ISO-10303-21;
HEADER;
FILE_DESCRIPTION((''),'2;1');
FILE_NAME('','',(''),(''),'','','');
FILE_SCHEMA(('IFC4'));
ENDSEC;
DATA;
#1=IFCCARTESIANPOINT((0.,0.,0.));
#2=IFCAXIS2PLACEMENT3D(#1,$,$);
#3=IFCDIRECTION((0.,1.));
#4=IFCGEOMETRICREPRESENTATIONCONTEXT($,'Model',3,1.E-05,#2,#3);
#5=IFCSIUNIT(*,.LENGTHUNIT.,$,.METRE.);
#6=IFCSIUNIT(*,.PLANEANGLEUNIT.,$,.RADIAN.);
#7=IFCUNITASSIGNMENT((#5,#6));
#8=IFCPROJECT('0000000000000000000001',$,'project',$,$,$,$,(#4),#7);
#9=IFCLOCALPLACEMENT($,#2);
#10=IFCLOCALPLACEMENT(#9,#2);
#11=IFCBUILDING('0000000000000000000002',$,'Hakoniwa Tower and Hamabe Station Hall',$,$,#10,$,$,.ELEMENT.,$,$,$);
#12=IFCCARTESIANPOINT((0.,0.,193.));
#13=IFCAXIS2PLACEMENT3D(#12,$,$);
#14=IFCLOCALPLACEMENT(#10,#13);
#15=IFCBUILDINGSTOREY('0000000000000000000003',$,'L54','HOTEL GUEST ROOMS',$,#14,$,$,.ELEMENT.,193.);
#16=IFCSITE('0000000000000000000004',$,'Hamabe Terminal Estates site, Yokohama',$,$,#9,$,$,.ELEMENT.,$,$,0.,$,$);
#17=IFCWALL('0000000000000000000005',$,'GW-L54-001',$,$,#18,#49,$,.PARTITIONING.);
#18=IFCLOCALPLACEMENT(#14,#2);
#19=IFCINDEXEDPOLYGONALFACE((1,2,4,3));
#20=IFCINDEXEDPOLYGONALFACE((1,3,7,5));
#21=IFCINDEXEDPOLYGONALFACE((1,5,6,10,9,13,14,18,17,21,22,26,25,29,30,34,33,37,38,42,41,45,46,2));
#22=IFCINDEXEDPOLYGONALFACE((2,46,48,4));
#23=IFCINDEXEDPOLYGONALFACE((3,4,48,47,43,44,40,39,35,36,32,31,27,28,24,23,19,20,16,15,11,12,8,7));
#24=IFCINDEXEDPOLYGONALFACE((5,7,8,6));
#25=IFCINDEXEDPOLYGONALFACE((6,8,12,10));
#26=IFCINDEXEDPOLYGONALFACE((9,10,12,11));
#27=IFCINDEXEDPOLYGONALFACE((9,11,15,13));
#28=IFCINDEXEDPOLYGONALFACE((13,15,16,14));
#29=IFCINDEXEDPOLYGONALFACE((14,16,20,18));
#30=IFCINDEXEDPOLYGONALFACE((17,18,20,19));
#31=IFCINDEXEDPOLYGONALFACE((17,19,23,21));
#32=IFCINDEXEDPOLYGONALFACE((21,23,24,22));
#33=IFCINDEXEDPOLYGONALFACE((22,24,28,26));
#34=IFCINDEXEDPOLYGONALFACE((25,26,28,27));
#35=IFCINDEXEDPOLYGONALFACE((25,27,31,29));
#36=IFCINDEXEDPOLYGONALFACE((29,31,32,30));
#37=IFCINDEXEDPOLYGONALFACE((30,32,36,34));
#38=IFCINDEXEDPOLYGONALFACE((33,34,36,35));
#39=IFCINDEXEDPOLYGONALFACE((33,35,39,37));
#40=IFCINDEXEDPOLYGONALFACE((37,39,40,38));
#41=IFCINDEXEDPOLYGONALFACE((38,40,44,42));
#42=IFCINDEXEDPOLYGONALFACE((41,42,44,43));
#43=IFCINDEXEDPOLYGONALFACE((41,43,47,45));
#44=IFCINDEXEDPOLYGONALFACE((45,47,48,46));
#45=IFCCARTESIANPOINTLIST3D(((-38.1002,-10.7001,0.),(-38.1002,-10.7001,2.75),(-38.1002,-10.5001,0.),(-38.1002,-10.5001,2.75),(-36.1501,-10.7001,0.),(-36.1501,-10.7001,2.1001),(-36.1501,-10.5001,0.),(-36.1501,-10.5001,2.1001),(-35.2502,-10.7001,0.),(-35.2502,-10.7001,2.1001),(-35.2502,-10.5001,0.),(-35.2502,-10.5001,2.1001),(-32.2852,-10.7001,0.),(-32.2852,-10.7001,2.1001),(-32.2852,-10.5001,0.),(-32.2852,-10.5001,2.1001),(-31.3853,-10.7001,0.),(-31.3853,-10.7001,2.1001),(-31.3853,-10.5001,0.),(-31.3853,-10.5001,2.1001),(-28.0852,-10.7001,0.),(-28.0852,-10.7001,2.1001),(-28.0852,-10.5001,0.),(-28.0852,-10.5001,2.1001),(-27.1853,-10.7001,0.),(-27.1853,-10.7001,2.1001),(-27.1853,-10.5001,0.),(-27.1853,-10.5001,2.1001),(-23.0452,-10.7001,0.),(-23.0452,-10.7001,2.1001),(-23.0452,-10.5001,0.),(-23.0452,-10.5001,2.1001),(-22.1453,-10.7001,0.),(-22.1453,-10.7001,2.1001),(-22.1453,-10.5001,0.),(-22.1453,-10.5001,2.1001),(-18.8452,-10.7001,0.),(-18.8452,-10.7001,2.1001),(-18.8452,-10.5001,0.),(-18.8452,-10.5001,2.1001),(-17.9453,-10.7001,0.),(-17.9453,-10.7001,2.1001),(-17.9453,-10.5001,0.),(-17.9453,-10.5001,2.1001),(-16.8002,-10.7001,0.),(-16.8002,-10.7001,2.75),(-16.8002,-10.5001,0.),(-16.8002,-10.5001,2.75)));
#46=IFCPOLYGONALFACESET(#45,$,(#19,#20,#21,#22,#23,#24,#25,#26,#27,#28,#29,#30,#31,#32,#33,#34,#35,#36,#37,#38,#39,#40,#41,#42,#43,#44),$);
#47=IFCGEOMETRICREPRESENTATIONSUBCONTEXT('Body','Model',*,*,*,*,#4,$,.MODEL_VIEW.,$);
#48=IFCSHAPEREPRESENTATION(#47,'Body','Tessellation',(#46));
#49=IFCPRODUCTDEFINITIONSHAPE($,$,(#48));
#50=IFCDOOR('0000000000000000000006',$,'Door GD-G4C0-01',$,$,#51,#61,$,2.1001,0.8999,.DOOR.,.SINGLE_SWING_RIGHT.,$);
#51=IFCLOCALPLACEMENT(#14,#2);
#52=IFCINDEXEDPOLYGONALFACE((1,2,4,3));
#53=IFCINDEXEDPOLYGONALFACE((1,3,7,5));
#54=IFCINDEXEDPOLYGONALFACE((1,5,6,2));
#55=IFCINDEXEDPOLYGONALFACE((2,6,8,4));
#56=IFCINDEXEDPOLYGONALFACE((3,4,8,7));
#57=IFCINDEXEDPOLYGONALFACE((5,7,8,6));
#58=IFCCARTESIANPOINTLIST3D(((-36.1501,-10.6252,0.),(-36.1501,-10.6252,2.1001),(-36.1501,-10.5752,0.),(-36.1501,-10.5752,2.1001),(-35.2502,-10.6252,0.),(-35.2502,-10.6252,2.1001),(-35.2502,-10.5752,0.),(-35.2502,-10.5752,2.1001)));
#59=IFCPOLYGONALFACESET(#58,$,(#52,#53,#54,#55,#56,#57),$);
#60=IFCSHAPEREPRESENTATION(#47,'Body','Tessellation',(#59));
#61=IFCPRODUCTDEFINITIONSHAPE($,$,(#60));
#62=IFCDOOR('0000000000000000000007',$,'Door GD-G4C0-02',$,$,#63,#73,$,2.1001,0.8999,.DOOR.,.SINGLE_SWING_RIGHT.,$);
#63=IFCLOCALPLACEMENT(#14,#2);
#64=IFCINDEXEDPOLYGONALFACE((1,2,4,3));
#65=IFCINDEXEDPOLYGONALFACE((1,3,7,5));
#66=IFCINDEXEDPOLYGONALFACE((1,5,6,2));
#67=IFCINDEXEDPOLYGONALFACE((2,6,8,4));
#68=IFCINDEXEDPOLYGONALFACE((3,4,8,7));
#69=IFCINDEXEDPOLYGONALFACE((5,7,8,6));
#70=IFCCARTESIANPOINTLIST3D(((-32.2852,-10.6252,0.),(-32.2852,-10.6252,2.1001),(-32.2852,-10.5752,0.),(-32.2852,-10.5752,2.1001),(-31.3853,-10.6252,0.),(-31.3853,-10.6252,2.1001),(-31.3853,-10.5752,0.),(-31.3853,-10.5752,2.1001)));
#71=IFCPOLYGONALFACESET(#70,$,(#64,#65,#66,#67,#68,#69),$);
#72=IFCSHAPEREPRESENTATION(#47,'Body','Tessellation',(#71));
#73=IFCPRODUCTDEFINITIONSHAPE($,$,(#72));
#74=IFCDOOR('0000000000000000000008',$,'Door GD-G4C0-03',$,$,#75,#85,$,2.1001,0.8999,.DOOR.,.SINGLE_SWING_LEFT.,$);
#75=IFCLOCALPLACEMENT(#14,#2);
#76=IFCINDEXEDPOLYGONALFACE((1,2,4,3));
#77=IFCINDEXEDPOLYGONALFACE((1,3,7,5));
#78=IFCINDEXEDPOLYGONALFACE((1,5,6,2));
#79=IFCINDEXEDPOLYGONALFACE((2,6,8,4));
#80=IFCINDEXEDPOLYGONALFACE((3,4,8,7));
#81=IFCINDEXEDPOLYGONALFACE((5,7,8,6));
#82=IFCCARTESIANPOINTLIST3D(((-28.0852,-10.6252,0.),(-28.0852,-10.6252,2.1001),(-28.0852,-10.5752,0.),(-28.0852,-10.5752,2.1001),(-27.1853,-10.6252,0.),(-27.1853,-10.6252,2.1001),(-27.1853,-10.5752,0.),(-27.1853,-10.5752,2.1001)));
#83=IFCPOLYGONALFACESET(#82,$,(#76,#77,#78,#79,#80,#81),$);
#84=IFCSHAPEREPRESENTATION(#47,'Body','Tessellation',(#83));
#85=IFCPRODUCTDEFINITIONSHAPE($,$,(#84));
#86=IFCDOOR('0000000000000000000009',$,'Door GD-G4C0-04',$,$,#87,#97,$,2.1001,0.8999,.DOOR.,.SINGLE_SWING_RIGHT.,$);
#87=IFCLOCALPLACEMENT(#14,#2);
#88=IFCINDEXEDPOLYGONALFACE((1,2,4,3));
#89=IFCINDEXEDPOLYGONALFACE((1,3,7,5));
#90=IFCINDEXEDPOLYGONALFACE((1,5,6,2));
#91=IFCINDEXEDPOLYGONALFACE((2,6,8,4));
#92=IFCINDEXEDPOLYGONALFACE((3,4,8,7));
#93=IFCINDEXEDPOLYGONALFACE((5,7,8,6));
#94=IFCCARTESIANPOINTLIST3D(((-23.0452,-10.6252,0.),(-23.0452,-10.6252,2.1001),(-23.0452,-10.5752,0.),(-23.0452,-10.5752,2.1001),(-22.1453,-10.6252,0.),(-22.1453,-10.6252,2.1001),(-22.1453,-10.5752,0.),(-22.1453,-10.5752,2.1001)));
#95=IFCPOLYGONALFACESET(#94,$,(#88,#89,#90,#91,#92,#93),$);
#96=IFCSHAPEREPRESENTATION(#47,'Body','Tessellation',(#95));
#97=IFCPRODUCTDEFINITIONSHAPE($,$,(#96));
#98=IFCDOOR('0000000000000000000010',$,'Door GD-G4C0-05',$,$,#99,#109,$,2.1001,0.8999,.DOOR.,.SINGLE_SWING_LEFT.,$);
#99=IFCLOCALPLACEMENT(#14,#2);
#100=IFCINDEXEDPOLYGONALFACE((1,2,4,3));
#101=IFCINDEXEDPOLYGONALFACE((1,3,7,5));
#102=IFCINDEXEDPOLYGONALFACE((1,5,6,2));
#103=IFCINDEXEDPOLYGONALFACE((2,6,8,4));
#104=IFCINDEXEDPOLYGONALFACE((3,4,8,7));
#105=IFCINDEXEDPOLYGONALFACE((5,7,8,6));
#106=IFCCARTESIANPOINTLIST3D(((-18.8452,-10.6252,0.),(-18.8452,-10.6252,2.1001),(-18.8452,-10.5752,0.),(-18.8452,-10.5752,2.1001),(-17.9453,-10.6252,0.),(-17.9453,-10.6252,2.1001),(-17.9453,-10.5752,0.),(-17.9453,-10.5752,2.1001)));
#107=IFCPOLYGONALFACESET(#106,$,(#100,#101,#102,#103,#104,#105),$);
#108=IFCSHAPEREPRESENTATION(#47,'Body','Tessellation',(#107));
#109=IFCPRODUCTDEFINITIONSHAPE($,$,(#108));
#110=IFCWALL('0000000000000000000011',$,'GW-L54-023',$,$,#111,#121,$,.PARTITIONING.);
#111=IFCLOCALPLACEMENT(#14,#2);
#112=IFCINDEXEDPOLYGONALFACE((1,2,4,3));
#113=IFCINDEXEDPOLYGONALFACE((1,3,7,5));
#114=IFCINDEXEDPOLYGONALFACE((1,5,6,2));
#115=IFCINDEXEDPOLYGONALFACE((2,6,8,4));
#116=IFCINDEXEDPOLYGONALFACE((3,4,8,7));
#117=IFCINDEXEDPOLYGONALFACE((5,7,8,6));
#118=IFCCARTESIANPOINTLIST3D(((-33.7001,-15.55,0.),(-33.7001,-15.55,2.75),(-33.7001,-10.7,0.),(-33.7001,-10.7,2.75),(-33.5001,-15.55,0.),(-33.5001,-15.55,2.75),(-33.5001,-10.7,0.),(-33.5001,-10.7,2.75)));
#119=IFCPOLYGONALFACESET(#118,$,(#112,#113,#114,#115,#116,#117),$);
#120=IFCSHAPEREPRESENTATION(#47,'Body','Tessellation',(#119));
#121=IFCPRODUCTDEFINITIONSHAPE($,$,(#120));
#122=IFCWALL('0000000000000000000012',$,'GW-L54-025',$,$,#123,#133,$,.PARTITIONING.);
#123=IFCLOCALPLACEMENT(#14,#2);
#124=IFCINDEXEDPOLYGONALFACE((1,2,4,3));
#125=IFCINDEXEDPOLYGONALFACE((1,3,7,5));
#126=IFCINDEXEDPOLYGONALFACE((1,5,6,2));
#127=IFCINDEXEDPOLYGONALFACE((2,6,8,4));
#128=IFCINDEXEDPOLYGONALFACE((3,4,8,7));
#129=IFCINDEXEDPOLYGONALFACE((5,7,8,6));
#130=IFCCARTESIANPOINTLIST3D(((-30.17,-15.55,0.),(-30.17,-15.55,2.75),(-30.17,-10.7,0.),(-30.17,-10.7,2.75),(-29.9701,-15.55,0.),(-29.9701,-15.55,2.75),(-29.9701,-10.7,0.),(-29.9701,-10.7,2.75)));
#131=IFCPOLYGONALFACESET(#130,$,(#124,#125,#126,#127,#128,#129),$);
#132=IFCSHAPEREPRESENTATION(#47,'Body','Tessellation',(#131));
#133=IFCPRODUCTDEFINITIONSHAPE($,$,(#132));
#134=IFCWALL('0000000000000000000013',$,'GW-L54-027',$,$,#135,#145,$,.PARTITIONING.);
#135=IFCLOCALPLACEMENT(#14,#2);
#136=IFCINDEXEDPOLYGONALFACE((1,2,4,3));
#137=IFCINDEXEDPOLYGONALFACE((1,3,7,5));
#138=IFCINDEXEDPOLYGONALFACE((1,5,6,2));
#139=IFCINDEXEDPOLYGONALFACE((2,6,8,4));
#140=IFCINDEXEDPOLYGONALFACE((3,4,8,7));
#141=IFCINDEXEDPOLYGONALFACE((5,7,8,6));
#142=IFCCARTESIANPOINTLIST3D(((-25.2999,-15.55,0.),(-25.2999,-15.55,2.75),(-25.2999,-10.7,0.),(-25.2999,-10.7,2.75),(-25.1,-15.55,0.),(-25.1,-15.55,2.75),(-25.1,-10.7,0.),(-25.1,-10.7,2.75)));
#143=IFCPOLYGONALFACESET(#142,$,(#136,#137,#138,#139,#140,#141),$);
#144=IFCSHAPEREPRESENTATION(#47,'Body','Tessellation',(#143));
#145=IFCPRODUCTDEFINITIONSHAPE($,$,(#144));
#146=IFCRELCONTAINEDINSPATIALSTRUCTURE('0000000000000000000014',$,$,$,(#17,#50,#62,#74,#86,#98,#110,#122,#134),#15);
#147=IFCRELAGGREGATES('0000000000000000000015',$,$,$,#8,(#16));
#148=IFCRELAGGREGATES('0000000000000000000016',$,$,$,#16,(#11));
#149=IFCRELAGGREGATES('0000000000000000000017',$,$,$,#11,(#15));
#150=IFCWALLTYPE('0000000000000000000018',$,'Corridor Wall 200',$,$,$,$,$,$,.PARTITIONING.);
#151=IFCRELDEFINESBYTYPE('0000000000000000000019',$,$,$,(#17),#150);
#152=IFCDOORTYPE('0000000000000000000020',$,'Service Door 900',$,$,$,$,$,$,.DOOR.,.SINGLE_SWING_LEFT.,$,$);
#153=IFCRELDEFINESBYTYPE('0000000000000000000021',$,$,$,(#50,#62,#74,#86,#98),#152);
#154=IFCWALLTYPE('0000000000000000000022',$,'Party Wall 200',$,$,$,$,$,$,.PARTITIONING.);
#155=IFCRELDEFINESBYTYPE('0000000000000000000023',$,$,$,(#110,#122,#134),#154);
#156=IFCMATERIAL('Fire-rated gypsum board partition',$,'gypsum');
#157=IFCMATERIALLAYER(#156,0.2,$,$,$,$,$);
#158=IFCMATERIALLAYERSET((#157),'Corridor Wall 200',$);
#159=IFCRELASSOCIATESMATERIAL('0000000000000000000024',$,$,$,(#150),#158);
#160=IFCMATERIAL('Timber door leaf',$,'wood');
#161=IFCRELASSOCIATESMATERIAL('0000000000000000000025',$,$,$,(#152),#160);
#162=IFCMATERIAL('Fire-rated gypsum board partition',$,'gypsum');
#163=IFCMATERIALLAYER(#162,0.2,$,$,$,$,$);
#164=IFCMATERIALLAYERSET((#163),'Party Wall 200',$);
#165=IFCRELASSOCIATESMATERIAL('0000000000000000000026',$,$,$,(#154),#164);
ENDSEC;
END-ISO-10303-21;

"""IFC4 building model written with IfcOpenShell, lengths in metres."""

from ifc_helpers import new_model, si_unit, direction, frame, frame_2d, origin, place, context, subcontext, project, spatial, rectangle, extrude, material, layer, layer_set, type_object, element, fill, save


model = new_model("IFC4")

# Units and contexts
model_context = context("Model", 3, precision=1e-05, world=origin(), true_north=direction((0.0, 1.0)))
body_context = subcontext(model_context, "Body", "Model", "MODEL_VIEW")
ifc_project = project(units=[si_unit("LENGTHUNIT", "METRE"), si_unit("PLANEANGLEUNIT", "RADIAN")], contexts=[model_context])

# Site, building, storey
site_placement = place(None, origin())
site = spatial("IfcSite", under=ifc_project, at=site_placement, Name="Hamabe Terminal Estates site, Yokohama", CompositionType="ELEMENT", RefElevation=0.0)
building_placement = place(site_placement, origin())
building = spatial("IfcBuilding", under=site, at=building_placement, Name="Hakoniwa Tower and Hamabe Station Hall", CompositionType="ELEMENT")
storey_placement = place(building_placement, frame((0.0, 0.0, 193.0)))
storey = spatial("IfcBuildingStorey", under=building, at=storey_placement, Name="L54", Description="HOTEL GUEST ROOMS", CompositionType="ELEMENT", Elevation=193.0)

# Wall, openings, doors
ifc_material_1 = material(Name="Fire-rated gypsum board partition", Category="gypsum")
ifc_layer_1 = layer(ifc_material_1, 0.2)
ifc_layer_set_1 = layer_set([ifc_layer_1], Name="Corridor Wall 200")
wall_type_1 = type_object("IfcWallType", Name="Corridor Wall 200", PredefinedType="PARTITIONING", material=ifc_layer_set_1)
wall_1_placement = place(storey_placement, frame((-38.1001, -10.6001, 0.0), z_axis=(0.0, 0.0, 1.0), x_axis=(1.0, 0.0, 0.0)))
wall_1 = element("IfcWall", 1, at=wall_1_placement, inside=storey, type_object=wall_type_1, Name="GW-L54-001", PredefinedType="PARTITIONING", context=body_context, shape_type="SweptSolid", body=[
    extrude(rectangle(XDim=21.3, YDim=0.2, at=frame_2d((10.6499, 0.0))), origin(), (0.0, 0.0, 1.0), 2.75),
])
opening_1_placement = place(wall_1_placement, frame((1.95, 0.0, 0.0)))
opening_1 = element("IfcOpeningElement", 2, at=opening_1_placement, cuts=wall_1, PredefinedType="OPENING", context=body_context, shape_type="SweptSolid", body=[
    extrude(rectangle(XDim=0.8999, YDim=2.1001, at=frame_2d((0.45, 1.05))), frame((0.0, 0.1099, 0.0), z_axis=(0.0, -1.0, 0.0), x_axis=(1.0, 0.0, 0.0)), (0.0, 0.0, 1.0), 0.22),
])
opening_2_placement = place(wall_1_placement, frame((5.8149, 0.0, 0.0)))
opening_2 = element("IfcOpeningElement", 3, at=opening_2_placement, cuts=wall_1, PredefinedType="OPENING", context=body_context, shape_type="SweptSolid", body=[
    extrude(rectangle(XDim=0.8999, YDim=2.1001, at=frame_2d((0.45, 1.05))), frame((0.0, 0.1099, 0.0), z_axis=(0.0, -1.0, 0.0), x_axis=(1.0, 0.0, 0.0)), (0.0, 0.0, 1.0), 0.22),
])
opening_3_placement = place(wall_1_placement, frame((10.0149, 0.0, 0.0)))
opening_3 = element("IfcOpeningElement", 4, at=opening_3_placement, cuts=wall_1, PredefinedType="OPENING", context=body_context, shape_type="SweptSolid", body=[
    extrude(rectangle(XDim=0.8999, YDim=2.1001, at=frame_2d((0.45, 1.05))), frame((0.0, 0.1099, 0.0), z_axis=(0.0, -1.0, 0.0), x_axis=(1.0, 0.0, 0.0)), (0.0, 0.0, 1.0), 0.22),
])
opening_4_placement = place(wall_1_placement, frame((15.0549, 0.0, 0.0)))
opening_4 = element("IfcOpeningElement", 5, at=opening_4_placement, cuts=wall_1, PredefinedType="OPENING", context=body_context, shape_type="SweptSolid", body=[
    extrude(rectangle(XDim=0.8999, YDim=2.1001, at=frame_2d((0.45, 1.05))), frame((0.0, 0.1099, 0.0), z_axis=(0.0, -1.0, 0.0), x_axis=(1.0, 0.0, 0.0)), (0.0, 0.0, 1.0), 0.22),
])
opening_5_placement = place(wall_1_placement, frame((19.2549, 0.0, 0.0)))
opening_5 = element("IfcOpeningElement", 6, at=opening_5_placement, cuts=wall_1, PredefinedType="OPENING", context=body_context, shape_type="SweptSolid", body=[
    extrude(rectangle(XDim=0.8999, YDim=2.1001, at=frame_2d((0.45, 1.05))), frame((0.0, 0.1099, 0.0), z_axis=(0.0, -1.0, 0.0), x_axis=(1.0, 0.0, 0.0)), (0.0, 0.0, 1.0), 0.22),
])
ifc_material_2 = material(Name="Timber door leaf", Category="wood")
door_type_1 = type_object("IfcDoorType", Name="Service Door 900", OperationType="SINGLE_SWING_LEFT", PredefinedType="DOOR", material=ifc_material_2)
door_1_placement = place(opening_1_placement, origin())
door_1 = element("IfcDoor", 7, at=door_1_placement, inside=storey, type_object=door_type_1, Name="Door GD-G4C0-01", OperationType="SINGLE_SWING_RIGHT", OverallHeight=2.1001, OverallWidth=0.8999, PredefinedType="DOOR", context=body_context, shape_type="SweptSolid", body=[
    extrude(rectangle(XDim=0.8999, YDim=2.1001, at=frame_2d((0.45, 1.05))), frame((0.0, 0.0249, 0.0), z_axis=(0.0, -1.0, 0.0), x_axis=(1.0, 0.0, 0.0)), (0.0, 0.0, 1.0), 0.05),
])
fill(opening_1, door_1)
door_2_placement = place(opening_2_placement, origin())
door_2 = element("IfcDoor", 8, at=door_2_placement, inside=storey, type_object=door_type_1, Name="Door GD-G4C0-02", OperationType="SINGLE_SWING_RIGHT", OverallHeight=2.1001, OverallWidth=0.8999, PredefinedType="DOOR", context=body_context, shape_type="SweptSolid", body=[
    extrude(rectangle(XDim=0.8999, YDim=2.1001, at=frame_2d((0.45, 1.05))), frame((0.0, 0.0249, 0.0), z_axis=(0.0, -1.0, 0.0), x_axis=(1.0, 0.0, 0.0)), (0.0, 0.0, 1.0), 0.05),
])
fill(opening_2, door_2)
door_3_placement = place(opening_3_placement, origin())
door_3 = element("IfcDoor", 9, at=door_3_placement, inside=storey, type_object=door_type_1, Name="Door GD-G4C0-03", OperationType="SINGLE_SWING_LEFT", OverallHeight=2.1001, OverallWidth=0.8999, PredefinedType="DOOR", context=body_context, shape_type="SweptSolid", body=[
    extrude(rectangle(XDim=0.8999, YDim=2.1001, at=frame_2d((0.45, 1.05))), frame((0.0, 0.0249, 0.0), z_axis=(0.0, -1.0, 0.0), x_axis=(1.0, 0.0, 0.0)), (0.0, 0.0, 1.0), 0.05),
])
fill(opening_3, door_3)
door_4_placement = place(opening_4_placement, origin())
door_4 = element("IfcDoor", 10, at=door_4_placement, inside=storey, type_object=door_type_1, Name="Door GD-G4C0-04", OperationType="SINGLE_SWING_RIGHT", OverallHeight=2.1001, OverallWidth=0.8999, PredefinedType="DOOR", context=body_context, shape_type="SweptSolid", body=[
    extrude(rectangle(XDim=0.8999, YDim=2.1001, at=frame_2d((0.45, 1.05))), frame((0.0, 0.0249, 0.0), z_axis=(0.0, -1.0, 0.0), x_axis=(1.0, 0.0, 0.0)), (0.0, 0.0, 1.0), 0.05),
])
fill(opening_4, door_4)
door_5_placement = place(opening_5_placement, origin())
door_5 = element("IfcDoor", 11, at=door_5_placement, inside=storey, type_object=door_type_1, Name="Door GD-G4C0-05", OperationType="SINGLE_SWING_LEFT", OverallHeight=2.1001, OverallWidth=0.8999, PredefinedType="DOOR", context=body_context, shape_type="SweptSolid", body=[
    extrude(rectangle(XDim=0.8999, YDim=2.1001, at=frame_2d((0.45, 1.05))), frame((0.0, 0.0249, 0.0), z_axis=(0.0, -1.0, 0.0), x_axis=(1.0, 0.0, 0.0)), (0.0, 0.0, 1.0), 0.05),
])
fill(opening_5, door_5)

# Walls
ifc_material_3 = material(Name="Fire-rated gypsum board partition", Category="gypsum")
ifc_layer_2 = layer(ifc_material_3, 0.2)
ifc_layer_set_2 = layer_set([ifc_layer_2], Name="Party Wall 200")
wall_type_2 = type_object("IfcWallType", Name="Party Wall 200", PredefinedType="PARTITIONING", material=ifc_layer_set_2)
for number, where, z_axis, x_axis, name in (
    (12, (-33.6001, -15.55, 0.0), (0.0, 0.0, 1.0), (0.0, 1.0, 0.0), "GW-L54-023"),
    (13, (-30.0701, -15.55, 0.0), (0.0, 0.0, 1.0), (0.0, 1.0, 0.0), "GW-L54-025"),
    (14, (-25.2, -15.55, 0.0), (0.0, 0.0, 1.0), (0.0, 1.0, 0.0), "GW-L54-027"),
):
    element("IfcWall", number, at=place(storey_placement, frame(where, z_axis=z_axis, x_axis=x_axis)), inside=storey, type_object=wall_type_2, Name=name, PredefinedType="PARTITIONING", context=body_context, shape_type="SweptSolid", body=[
        extrude(rectangle(XDim=4.8501, YDim=0.2, at=frame_2d((2.425, 0.0))), origin(), (0.0, 0.0, 1.0), 2.75),
    ])

save(model, "model.ifc")
